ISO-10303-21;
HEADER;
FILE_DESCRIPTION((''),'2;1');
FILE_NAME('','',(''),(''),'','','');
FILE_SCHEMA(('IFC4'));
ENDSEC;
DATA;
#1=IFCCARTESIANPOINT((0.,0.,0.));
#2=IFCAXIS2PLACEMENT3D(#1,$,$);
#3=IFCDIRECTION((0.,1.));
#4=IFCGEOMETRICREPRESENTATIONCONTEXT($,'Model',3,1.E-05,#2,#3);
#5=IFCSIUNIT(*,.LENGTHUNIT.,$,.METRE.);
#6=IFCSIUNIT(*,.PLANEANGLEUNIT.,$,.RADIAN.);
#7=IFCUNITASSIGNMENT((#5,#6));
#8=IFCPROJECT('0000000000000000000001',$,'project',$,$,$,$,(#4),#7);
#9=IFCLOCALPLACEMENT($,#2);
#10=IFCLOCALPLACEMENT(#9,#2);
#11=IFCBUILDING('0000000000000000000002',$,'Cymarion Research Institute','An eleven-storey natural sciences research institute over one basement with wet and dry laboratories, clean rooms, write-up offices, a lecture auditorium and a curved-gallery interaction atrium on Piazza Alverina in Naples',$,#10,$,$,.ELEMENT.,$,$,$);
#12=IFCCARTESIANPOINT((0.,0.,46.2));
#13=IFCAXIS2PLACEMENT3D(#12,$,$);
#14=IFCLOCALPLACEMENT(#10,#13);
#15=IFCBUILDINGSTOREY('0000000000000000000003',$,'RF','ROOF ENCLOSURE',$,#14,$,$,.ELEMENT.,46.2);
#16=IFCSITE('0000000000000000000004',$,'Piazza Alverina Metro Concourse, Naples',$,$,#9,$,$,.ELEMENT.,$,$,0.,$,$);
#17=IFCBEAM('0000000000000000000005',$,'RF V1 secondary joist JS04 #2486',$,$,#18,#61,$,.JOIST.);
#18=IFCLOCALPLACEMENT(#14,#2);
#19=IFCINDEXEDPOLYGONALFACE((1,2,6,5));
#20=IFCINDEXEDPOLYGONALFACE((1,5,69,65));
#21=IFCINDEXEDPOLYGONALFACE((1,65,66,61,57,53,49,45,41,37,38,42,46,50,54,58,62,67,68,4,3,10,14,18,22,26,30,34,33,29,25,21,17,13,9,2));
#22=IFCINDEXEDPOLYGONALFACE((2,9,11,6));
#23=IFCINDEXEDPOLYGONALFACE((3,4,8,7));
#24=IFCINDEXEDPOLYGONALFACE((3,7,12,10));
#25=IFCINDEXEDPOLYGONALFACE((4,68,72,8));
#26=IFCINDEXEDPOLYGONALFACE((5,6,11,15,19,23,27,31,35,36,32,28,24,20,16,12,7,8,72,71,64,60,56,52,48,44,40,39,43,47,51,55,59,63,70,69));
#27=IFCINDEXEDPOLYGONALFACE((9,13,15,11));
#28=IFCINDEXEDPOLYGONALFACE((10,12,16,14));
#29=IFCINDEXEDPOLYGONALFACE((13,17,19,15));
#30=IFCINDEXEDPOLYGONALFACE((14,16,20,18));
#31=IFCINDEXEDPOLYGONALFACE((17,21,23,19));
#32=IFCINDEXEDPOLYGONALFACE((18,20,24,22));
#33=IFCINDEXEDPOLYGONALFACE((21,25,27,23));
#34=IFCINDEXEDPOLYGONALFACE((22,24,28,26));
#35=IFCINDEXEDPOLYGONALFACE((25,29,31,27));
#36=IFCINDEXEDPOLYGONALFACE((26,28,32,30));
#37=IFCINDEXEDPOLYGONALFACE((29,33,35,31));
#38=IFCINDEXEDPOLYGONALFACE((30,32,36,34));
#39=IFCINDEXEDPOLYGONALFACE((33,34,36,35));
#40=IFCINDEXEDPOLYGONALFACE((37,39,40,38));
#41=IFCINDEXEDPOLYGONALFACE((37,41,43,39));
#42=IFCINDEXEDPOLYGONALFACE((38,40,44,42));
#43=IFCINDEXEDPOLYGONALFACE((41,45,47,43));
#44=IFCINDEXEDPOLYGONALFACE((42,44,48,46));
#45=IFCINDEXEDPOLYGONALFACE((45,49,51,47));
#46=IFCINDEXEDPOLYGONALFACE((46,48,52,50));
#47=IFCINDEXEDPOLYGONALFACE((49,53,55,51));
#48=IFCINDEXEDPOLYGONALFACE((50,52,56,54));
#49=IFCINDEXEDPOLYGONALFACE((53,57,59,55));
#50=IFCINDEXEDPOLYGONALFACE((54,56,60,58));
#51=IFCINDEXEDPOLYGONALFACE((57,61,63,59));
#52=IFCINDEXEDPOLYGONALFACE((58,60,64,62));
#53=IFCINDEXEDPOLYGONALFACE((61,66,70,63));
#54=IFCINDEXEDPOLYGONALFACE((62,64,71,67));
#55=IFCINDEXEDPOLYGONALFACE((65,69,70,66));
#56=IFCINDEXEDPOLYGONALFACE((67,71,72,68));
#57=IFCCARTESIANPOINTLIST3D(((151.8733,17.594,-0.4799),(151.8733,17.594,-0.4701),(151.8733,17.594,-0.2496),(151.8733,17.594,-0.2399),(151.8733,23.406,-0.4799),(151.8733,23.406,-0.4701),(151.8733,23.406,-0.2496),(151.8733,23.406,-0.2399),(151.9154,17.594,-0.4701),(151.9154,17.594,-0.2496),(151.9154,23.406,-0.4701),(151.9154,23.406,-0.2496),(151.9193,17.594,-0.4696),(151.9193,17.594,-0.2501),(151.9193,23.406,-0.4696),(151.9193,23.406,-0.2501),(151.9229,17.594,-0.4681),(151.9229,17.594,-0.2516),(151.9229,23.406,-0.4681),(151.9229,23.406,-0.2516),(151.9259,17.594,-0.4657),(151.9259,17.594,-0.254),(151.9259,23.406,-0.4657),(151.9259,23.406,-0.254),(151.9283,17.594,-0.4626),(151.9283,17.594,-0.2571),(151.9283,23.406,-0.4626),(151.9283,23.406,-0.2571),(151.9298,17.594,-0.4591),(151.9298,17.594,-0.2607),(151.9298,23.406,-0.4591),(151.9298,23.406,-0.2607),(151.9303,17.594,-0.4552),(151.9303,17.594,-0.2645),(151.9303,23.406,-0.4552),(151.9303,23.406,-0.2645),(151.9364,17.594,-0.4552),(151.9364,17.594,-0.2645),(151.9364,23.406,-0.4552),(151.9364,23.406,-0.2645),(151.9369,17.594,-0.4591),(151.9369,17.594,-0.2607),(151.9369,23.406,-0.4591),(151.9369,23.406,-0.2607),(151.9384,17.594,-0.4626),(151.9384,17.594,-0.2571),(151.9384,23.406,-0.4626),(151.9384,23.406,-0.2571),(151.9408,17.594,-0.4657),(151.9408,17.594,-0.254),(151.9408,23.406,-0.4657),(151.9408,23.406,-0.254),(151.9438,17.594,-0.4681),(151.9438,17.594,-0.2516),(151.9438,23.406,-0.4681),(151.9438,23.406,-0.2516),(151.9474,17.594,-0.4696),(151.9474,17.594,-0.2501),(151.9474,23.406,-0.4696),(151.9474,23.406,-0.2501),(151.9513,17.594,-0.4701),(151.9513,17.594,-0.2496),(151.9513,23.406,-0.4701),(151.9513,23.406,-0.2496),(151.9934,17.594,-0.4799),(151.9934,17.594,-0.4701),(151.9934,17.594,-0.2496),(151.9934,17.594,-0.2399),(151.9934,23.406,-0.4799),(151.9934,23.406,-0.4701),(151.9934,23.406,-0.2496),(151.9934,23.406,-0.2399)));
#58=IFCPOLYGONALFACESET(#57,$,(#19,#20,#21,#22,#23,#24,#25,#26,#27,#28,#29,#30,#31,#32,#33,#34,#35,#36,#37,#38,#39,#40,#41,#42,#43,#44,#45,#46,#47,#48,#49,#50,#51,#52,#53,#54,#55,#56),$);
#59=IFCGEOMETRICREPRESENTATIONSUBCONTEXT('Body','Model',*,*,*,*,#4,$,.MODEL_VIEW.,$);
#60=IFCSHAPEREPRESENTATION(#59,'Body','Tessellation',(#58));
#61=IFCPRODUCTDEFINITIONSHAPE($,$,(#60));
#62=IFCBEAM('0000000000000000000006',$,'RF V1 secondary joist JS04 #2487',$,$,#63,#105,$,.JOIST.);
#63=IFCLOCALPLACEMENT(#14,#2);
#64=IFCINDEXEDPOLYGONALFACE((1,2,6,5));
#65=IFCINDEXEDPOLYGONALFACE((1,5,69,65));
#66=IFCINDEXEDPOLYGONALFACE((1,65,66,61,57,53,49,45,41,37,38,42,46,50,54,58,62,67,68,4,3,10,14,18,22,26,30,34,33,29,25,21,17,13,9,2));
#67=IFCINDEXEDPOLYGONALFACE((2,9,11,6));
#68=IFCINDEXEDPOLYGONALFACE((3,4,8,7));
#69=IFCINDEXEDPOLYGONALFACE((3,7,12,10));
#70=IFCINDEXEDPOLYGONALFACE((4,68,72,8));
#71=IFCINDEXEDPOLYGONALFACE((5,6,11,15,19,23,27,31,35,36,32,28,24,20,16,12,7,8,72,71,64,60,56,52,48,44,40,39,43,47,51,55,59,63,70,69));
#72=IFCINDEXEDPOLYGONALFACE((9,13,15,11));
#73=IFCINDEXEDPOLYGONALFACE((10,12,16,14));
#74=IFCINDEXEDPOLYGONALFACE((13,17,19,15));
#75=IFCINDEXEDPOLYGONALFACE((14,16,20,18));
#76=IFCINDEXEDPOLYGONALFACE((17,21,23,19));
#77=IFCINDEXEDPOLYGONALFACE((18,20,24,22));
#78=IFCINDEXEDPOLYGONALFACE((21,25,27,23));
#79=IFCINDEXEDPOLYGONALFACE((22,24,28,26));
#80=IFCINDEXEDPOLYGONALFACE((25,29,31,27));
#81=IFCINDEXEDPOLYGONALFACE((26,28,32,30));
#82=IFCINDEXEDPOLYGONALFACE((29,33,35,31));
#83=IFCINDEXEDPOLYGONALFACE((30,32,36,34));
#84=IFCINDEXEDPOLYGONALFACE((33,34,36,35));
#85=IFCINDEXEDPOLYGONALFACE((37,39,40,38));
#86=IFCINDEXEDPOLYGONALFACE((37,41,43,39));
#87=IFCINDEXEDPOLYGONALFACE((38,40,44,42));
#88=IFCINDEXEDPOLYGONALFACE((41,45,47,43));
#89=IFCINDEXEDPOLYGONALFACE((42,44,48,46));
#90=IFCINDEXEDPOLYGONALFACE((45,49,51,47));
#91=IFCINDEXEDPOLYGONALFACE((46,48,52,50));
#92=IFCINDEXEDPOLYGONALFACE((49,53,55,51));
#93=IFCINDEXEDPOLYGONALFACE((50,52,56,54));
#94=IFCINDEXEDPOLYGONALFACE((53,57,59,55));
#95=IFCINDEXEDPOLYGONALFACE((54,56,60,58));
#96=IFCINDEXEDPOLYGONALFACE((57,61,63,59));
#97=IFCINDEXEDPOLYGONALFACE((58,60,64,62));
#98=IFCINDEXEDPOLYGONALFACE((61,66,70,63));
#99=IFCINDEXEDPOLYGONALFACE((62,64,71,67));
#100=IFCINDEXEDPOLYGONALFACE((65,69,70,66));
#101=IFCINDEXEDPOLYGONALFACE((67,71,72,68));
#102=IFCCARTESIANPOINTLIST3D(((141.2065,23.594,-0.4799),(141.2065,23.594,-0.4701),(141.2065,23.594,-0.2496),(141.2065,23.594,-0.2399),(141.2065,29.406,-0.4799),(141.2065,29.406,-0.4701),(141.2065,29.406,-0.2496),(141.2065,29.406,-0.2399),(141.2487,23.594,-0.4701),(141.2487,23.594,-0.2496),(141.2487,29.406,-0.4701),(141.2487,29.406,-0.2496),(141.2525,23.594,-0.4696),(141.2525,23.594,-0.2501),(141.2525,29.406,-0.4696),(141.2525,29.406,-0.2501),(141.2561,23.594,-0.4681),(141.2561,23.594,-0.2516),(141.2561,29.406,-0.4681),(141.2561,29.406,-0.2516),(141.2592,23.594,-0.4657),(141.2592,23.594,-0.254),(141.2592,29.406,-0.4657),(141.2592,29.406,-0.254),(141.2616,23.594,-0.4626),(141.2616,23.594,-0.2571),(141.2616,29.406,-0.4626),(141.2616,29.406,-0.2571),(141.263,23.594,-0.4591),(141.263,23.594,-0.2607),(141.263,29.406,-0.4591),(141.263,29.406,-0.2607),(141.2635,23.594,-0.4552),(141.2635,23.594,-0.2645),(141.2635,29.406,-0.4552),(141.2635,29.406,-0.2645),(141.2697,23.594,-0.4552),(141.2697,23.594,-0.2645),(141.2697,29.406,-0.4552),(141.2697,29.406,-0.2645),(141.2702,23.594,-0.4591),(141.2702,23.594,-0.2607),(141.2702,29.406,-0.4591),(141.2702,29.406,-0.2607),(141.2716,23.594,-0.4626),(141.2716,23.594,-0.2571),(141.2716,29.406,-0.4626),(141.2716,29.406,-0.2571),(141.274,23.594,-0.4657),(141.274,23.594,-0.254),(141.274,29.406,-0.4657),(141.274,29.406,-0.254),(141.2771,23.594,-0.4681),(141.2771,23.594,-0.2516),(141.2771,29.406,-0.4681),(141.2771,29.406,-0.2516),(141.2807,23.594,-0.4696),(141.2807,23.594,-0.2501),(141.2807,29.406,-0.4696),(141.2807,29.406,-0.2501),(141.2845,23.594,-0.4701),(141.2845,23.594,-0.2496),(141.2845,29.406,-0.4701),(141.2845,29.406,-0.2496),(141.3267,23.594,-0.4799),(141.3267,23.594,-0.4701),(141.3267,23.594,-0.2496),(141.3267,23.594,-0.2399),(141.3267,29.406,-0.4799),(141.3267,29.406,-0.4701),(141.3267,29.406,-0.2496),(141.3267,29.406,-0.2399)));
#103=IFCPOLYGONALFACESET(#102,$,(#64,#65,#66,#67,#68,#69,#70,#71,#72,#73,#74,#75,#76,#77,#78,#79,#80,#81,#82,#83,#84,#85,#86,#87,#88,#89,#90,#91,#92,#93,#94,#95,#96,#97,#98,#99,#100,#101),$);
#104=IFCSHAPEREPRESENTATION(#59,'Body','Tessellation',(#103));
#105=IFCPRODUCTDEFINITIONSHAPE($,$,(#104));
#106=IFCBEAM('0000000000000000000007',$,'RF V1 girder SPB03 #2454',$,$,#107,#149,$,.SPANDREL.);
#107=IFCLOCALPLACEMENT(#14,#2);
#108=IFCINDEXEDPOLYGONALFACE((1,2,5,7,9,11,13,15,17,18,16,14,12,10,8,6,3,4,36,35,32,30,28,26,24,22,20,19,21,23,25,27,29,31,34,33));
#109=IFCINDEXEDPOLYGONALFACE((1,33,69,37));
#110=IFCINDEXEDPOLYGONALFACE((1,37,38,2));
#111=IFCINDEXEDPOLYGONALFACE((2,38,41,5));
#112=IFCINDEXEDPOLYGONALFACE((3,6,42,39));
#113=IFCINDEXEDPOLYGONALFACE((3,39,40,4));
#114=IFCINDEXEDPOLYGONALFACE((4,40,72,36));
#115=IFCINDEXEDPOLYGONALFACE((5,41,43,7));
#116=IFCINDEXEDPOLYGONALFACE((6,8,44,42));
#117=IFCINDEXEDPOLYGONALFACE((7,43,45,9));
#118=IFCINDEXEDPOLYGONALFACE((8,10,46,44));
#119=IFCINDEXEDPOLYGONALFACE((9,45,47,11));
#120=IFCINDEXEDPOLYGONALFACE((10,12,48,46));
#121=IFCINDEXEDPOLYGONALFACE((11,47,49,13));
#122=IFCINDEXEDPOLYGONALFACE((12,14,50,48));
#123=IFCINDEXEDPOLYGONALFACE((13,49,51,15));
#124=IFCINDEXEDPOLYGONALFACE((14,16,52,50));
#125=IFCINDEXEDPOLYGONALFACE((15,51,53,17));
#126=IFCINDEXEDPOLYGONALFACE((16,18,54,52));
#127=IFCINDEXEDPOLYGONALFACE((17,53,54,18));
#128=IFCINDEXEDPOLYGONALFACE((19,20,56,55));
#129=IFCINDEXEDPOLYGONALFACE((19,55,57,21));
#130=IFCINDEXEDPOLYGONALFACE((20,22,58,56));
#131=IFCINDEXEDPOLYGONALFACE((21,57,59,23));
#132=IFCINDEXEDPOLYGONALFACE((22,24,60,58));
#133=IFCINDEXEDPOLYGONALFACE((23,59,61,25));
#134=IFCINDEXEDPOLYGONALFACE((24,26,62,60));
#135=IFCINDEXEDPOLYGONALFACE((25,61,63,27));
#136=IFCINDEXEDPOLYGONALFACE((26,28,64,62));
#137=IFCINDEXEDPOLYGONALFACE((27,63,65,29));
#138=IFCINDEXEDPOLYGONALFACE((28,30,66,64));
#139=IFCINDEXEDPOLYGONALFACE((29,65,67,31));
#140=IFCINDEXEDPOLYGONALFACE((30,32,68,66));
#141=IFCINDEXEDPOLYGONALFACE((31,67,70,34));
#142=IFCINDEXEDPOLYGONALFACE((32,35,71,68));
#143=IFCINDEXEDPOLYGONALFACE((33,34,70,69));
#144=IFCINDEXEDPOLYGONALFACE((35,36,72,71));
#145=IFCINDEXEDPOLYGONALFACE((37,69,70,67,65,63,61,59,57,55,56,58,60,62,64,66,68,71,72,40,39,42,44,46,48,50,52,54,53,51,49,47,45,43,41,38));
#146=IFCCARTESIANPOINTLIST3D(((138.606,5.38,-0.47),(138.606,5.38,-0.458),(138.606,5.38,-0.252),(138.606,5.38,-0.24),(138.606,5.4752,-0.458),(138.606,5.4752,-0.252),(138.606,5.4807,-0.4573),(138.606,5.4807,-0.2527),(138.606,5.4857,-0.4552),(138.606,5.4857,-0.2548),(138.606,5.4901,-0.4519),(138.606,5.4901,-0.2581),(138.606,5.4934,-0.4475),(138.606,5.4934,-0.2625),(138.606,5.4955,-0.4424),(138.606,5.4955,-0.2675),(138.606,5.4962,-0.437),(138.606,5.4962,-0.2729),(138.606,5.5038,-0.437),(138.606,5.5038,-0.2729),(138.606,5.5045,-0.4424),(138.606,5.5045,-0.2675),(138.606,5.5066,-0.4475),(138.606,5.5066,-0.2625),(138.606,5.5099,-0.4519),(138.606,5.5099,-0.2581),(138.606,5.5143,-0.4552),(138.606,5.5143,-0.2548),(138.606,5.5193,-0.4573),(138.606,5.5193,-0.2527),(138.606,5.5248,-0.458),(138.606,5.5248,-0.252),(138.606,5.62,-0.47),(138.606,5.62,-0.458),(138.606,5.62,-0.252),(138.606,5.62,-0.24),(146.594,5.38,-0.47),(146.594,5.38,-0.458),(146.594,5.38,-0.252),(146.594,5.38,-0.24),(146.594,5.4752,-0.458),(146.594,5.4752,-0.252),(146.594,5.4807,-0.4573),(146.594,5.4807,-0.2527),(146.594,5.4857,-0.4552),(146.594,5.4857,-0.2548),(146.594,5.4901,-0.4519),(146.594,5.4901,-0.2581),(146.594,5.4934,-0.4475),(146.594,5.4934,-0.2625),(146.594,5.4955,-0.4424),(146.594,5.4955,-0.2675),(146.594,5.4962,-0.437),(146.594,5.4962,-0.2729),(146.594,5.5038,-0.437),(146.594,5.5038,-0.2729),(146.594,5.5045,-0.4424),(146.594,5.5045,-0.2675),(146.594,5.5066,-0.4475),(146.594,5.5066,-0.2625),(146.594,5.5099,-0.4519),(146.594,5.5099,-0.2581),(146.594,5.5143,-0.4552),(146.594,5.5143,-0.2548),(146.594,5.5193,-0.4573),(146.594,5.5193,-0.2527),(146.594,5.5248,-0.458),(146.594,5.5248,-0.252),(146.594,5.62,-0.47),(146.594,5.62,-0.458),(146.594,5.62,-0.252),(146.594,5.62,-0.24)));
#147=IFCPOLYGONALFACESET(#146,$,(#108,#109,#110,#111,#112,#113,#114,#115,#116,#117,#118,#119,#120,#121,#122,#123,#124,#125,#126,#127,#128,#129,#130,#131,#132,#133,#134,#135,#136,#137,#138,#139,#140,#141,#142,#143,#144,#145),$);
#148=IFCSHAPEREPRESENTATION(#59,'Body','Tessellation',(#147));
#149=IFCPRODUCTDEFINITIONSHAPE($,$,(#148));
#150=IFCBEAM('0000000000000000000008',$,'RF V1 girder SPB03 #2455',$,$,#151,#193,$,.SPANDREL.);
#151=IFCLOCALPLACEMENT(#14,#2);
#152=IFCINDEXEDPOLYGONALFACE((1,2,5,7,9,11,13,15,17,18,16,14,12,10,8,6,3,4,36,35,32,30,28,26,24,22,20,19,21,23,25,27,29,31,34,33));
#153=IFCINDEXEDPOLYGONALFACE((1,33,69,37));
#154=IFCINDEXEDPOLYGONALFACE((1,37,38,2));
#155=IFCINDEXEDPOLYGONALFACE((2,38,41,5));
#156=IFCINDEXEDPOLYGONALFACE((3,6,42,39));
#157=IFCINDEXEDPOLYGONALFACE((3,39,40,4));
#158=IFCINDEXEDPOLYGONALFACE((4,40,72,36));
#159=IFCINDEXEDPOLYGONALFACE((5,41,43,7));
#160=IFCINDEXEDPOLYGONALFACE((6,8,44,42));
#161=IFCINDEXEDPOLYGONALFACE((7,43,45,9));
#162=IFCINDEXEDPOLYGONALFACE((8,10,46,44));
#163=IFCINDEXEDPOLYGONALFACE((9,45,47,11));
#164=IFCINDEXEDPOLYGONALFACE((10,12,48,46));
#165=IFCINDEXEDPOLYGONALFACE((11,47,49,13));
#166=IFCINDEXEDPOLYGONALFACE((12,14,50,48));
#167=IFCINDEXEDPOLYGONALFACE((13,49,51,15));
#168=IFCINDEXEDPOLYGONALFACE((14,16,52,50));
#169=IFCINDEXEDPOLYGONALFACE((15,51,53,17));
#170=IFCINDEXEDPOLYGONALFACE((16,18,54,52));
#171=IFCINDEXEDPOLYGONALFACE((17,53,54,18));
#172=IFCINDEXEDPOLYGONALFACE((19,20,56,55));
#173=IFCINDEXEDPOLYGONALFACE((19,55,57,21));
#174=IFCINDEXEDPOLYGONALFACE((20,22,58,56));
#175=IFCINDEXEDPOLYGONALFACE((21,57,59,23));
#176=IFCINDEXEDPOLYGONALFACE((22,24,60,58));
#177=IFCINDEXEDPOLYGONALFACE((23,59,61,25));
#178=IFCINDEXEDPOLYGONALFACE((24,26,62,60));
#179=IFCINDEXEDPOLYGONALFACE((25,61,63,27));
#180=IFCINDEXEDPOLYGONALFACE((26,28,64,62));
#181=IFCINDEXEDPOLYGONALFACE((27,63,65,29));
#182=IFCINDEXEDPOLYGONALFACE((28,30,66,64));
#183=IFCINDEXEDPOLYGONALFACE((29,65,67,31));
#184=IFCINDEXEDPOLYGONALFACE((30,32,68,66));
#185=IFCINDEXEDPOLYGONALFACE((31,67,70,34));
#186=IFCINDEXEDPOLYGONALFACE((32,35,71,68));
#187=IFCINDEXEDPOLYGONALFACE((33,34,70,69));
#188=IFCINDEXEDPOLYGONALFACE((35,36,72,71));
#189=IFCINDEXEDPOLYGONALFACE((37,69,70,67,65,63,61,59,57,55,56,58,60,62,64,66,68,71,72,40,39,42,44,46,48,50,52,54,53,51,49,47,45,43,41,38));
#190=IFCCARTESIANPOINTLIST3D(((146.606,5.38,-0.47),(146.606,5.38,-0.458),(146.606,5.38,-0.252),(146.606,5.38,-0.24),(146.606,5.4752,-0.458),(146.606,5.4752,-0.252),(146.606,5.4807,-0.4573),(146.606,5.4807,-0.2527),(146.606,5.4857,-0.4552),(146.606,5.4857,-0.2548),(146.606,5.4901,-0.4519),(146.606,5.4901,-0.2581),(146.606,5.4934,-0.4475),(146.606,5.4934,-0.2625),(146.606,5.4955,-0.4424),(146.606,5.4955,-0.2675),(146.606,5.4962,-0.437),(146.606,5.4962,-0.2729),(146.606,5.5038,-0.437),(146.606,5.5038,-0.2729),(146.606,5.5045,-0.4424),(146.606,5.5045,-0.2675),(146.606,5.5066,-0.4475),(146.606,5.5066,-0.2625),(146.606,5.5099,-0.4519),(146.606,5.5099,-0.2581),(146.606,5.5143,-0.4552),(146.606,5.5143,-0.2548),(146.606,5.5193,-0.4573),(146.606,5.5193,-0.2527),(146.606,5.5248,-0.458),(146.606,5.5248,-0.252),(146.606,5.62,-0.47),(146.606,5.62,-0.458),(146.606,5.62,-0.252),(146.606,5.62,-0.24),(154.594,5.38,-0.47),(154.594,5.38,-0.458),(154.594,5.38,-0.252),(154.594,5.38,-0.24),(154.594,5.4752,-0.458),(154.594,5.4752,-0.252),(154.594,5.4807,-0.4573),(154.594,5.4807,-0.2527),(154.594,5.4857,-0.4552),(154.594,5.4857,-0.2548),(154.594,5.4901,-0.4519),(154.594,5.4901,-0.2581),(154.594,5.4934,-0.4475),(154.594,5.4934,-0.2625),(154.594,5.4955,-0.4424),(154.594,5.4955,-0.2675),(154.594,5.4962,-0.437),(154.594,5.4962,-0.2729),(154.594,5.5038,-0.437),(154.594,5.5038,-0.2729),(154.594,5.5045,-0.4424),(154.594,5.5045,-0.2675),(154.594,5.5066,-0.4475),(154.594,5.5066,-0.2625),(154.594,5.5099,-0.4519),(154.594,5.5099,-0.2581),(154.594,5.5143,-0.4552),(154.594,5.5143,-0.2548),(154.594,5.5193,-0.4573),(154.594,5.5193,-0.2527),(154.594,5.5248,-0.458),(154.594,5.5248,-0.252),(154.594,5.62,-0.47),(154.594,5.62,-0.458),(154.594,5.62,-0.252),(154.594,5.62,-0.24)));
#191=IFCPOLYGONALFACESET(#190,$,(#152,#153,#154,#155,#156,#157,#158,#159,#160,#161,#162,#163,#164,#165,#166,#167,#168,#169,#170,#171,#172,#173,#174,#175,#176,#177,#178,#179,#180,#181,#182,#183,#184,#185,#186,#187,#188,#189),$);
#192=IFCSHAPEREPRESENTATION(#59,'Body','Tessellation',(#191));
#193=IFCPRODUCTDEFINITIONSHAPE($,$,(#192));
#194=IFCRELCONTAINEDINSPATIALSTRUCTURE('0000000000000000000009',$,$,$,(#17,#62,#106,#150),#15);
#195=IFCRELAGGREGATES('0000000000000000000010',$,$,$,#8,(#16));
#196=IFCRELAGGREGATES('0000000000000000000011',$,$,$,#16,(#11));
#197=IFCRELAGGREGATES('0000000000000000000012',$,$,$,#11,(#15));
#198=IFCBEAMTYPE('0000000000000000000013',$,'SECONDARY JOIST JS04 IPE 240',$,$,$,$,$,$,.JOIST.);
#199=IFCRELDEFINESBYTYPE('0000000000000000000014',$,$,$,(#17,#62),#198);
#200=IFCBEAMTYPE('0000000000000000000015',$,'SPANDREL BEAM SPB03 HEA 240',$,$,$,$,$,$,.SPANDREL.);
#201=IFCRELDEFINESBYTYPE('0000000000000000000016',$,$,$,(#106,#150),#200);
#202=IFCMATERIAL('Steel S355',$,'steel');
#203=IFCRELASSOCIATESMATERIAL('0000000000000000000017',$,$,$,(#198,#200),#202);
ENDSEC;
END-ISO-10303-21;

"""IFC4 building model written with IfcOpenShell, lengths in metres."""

from ifc_helpers import new_model, si_unit, direction, frame, origin, origin_2d, place, context, subcontext, project, spatial, i_section, extrude, material, material_profile, profile_set, type_object, element, save


model = new_model("IFC4")

# Units and contexts
model_context = context("Model", 3, precision=1e-05, world=origin(), true_north=direction((0.0, 1.0)))
body_context = subcontext(model_context, "Body", "Model", "MODEL_VIEW")
ifc_project = project(units=[si_unit("LENGTHUNIT", "METRE"), si_unit("PLANEANGLEUNIT", "RADIAN")], contexts=[model_context])

# Site, building, storey
site_placement = place(None, origin())
site = spatial("IfcSite", under=ifc_project, at=site_placement, Name="Piazza Alverina Metro Concourse, Naples", CompositionType="ELEMENT", RefElevation=0.0)
building_placement = place(site_placement, origin())
building = spatial("IfcBuilding", under=site, at=building_placement, Name="Cymarion Research Institute", Description="An eleven-storey natural sciences research institute over one basement with wet and dry laboratories, clean rooms, write-up offices, a lecture auditorium and a curved-gallery interaction atrium on Piazza Alverina in Naples", CompositionType="ELEMENT")
storey_placement = place(building_placement, frame((0.0, 0.0, 46.2)))
storey = spatial("IfcBuildingStorey", under=building, at=storey_placement, Name="RF", Description="ROOF ENCLOSURE", CompositionType="ELEMENT", Elevation=46.2)

# Beams
ifc_material_1 = material(Name="Steel S355", Category="steel")
ifc_material_profile_1 = material_profile(ifc_material_1, i_section(OverallWidth=0.1201, OverallDepth=0.24, WebThickness=0.0061, FlangeThickness=0.0098, FilletRadius=0.0149, at=origin_2d()), Name="IPE 240")
ifc_profile_set_1 = profile_set([ifc_material_profile_1], Name="Steel S355")
beam_type_1 = type_object("IfcBeamType", Name="SECONDARY JOIST JS04 IPE 240", PredefinedType="JOIST", material=ifc_profile_set_1)
for number, where, z_axis, x_axis, name in (
    (1, (151.9333, 17.594, -0.3599), (0.0, 1.0, 0.0), (-1.0, 0.0, 0.0), "RF V1 secondary joist JS04 #2486"),
    (2, (141.2666, 23.594, -0.3599), (0.0, 1.0, 0.0), (-1.0, 0.0, 0.0), "RF V1 secondary joist JS04 #2487"),
):
    element("IfcBeam", number, at=place(storey_placement, frame(where, z_axis=z_axis, x_axis=x_axis)), inside=storey, type_object=beam_type_1, Name=name, PredefinedType="JOIST", context=body_context, shape_type="SweptSolid", body=[
        extrude(i_section(OverallWidth=0.1201, OverallDepth=0.24, WebThickness=0.0061, FlangeThickness=0.0098, FilletRadius=0.0149, at=origin_2d()), origin(), (0.0, 0.0, 1.0), 5.812),
    ])
ifc_material_profile_2 = material_profile(ifc_material_1, i_section(OverallWidth=0.24, OverallDepth=0.23, WebThickness=0.0076, FlangeThickness=0.012, FilletRadius=0.021, at=origin_2d()), Name="HEA 240")
ifc_profile_set_2 = profile_set([ifc_material_profile_2], Name="Steel S355")
beam_type_2 = type_object("IfcBeamType", Name="SPANDREL BEAM SPB03 HEA 240", PredefinedType="SPANDREL", material=ifc_profile_set_2)
for number, where, z_axis, x_axis, name in (
    (3, (138.606, 5.5, -0.355), (1.0, 0.0, 0.0), (0.0, 1.0, 0.0), "RF V1 girder SPB03 #2454"),
    (4, (146.606, 5.5, -0.355), (1.0, 0.0, 0.0), (0.0, 1.0, 0.0), "RF V1 girder SPB03 #2455"),
):
    element("IfcBeam", number, at=place(storey_placement, frame(where, z_axis=z_axis, x_axis=x_axis)), inside=storey, type_object=beam_type_2, Name=name, PredefinedType="SPANDREL", context=body_context, shape_type="SweptSolid", body=[
        extrude(i_section(OverallWidth=0.24, OverallDepth=0.23, WebThickness=0.0076, FlangeThickness=0.012, FilletRadius=0.021, at=origin_2d()), origin(), (0.0, 0.0, 1.0), 7.988),
    ])

save(model, "model.ifc")
